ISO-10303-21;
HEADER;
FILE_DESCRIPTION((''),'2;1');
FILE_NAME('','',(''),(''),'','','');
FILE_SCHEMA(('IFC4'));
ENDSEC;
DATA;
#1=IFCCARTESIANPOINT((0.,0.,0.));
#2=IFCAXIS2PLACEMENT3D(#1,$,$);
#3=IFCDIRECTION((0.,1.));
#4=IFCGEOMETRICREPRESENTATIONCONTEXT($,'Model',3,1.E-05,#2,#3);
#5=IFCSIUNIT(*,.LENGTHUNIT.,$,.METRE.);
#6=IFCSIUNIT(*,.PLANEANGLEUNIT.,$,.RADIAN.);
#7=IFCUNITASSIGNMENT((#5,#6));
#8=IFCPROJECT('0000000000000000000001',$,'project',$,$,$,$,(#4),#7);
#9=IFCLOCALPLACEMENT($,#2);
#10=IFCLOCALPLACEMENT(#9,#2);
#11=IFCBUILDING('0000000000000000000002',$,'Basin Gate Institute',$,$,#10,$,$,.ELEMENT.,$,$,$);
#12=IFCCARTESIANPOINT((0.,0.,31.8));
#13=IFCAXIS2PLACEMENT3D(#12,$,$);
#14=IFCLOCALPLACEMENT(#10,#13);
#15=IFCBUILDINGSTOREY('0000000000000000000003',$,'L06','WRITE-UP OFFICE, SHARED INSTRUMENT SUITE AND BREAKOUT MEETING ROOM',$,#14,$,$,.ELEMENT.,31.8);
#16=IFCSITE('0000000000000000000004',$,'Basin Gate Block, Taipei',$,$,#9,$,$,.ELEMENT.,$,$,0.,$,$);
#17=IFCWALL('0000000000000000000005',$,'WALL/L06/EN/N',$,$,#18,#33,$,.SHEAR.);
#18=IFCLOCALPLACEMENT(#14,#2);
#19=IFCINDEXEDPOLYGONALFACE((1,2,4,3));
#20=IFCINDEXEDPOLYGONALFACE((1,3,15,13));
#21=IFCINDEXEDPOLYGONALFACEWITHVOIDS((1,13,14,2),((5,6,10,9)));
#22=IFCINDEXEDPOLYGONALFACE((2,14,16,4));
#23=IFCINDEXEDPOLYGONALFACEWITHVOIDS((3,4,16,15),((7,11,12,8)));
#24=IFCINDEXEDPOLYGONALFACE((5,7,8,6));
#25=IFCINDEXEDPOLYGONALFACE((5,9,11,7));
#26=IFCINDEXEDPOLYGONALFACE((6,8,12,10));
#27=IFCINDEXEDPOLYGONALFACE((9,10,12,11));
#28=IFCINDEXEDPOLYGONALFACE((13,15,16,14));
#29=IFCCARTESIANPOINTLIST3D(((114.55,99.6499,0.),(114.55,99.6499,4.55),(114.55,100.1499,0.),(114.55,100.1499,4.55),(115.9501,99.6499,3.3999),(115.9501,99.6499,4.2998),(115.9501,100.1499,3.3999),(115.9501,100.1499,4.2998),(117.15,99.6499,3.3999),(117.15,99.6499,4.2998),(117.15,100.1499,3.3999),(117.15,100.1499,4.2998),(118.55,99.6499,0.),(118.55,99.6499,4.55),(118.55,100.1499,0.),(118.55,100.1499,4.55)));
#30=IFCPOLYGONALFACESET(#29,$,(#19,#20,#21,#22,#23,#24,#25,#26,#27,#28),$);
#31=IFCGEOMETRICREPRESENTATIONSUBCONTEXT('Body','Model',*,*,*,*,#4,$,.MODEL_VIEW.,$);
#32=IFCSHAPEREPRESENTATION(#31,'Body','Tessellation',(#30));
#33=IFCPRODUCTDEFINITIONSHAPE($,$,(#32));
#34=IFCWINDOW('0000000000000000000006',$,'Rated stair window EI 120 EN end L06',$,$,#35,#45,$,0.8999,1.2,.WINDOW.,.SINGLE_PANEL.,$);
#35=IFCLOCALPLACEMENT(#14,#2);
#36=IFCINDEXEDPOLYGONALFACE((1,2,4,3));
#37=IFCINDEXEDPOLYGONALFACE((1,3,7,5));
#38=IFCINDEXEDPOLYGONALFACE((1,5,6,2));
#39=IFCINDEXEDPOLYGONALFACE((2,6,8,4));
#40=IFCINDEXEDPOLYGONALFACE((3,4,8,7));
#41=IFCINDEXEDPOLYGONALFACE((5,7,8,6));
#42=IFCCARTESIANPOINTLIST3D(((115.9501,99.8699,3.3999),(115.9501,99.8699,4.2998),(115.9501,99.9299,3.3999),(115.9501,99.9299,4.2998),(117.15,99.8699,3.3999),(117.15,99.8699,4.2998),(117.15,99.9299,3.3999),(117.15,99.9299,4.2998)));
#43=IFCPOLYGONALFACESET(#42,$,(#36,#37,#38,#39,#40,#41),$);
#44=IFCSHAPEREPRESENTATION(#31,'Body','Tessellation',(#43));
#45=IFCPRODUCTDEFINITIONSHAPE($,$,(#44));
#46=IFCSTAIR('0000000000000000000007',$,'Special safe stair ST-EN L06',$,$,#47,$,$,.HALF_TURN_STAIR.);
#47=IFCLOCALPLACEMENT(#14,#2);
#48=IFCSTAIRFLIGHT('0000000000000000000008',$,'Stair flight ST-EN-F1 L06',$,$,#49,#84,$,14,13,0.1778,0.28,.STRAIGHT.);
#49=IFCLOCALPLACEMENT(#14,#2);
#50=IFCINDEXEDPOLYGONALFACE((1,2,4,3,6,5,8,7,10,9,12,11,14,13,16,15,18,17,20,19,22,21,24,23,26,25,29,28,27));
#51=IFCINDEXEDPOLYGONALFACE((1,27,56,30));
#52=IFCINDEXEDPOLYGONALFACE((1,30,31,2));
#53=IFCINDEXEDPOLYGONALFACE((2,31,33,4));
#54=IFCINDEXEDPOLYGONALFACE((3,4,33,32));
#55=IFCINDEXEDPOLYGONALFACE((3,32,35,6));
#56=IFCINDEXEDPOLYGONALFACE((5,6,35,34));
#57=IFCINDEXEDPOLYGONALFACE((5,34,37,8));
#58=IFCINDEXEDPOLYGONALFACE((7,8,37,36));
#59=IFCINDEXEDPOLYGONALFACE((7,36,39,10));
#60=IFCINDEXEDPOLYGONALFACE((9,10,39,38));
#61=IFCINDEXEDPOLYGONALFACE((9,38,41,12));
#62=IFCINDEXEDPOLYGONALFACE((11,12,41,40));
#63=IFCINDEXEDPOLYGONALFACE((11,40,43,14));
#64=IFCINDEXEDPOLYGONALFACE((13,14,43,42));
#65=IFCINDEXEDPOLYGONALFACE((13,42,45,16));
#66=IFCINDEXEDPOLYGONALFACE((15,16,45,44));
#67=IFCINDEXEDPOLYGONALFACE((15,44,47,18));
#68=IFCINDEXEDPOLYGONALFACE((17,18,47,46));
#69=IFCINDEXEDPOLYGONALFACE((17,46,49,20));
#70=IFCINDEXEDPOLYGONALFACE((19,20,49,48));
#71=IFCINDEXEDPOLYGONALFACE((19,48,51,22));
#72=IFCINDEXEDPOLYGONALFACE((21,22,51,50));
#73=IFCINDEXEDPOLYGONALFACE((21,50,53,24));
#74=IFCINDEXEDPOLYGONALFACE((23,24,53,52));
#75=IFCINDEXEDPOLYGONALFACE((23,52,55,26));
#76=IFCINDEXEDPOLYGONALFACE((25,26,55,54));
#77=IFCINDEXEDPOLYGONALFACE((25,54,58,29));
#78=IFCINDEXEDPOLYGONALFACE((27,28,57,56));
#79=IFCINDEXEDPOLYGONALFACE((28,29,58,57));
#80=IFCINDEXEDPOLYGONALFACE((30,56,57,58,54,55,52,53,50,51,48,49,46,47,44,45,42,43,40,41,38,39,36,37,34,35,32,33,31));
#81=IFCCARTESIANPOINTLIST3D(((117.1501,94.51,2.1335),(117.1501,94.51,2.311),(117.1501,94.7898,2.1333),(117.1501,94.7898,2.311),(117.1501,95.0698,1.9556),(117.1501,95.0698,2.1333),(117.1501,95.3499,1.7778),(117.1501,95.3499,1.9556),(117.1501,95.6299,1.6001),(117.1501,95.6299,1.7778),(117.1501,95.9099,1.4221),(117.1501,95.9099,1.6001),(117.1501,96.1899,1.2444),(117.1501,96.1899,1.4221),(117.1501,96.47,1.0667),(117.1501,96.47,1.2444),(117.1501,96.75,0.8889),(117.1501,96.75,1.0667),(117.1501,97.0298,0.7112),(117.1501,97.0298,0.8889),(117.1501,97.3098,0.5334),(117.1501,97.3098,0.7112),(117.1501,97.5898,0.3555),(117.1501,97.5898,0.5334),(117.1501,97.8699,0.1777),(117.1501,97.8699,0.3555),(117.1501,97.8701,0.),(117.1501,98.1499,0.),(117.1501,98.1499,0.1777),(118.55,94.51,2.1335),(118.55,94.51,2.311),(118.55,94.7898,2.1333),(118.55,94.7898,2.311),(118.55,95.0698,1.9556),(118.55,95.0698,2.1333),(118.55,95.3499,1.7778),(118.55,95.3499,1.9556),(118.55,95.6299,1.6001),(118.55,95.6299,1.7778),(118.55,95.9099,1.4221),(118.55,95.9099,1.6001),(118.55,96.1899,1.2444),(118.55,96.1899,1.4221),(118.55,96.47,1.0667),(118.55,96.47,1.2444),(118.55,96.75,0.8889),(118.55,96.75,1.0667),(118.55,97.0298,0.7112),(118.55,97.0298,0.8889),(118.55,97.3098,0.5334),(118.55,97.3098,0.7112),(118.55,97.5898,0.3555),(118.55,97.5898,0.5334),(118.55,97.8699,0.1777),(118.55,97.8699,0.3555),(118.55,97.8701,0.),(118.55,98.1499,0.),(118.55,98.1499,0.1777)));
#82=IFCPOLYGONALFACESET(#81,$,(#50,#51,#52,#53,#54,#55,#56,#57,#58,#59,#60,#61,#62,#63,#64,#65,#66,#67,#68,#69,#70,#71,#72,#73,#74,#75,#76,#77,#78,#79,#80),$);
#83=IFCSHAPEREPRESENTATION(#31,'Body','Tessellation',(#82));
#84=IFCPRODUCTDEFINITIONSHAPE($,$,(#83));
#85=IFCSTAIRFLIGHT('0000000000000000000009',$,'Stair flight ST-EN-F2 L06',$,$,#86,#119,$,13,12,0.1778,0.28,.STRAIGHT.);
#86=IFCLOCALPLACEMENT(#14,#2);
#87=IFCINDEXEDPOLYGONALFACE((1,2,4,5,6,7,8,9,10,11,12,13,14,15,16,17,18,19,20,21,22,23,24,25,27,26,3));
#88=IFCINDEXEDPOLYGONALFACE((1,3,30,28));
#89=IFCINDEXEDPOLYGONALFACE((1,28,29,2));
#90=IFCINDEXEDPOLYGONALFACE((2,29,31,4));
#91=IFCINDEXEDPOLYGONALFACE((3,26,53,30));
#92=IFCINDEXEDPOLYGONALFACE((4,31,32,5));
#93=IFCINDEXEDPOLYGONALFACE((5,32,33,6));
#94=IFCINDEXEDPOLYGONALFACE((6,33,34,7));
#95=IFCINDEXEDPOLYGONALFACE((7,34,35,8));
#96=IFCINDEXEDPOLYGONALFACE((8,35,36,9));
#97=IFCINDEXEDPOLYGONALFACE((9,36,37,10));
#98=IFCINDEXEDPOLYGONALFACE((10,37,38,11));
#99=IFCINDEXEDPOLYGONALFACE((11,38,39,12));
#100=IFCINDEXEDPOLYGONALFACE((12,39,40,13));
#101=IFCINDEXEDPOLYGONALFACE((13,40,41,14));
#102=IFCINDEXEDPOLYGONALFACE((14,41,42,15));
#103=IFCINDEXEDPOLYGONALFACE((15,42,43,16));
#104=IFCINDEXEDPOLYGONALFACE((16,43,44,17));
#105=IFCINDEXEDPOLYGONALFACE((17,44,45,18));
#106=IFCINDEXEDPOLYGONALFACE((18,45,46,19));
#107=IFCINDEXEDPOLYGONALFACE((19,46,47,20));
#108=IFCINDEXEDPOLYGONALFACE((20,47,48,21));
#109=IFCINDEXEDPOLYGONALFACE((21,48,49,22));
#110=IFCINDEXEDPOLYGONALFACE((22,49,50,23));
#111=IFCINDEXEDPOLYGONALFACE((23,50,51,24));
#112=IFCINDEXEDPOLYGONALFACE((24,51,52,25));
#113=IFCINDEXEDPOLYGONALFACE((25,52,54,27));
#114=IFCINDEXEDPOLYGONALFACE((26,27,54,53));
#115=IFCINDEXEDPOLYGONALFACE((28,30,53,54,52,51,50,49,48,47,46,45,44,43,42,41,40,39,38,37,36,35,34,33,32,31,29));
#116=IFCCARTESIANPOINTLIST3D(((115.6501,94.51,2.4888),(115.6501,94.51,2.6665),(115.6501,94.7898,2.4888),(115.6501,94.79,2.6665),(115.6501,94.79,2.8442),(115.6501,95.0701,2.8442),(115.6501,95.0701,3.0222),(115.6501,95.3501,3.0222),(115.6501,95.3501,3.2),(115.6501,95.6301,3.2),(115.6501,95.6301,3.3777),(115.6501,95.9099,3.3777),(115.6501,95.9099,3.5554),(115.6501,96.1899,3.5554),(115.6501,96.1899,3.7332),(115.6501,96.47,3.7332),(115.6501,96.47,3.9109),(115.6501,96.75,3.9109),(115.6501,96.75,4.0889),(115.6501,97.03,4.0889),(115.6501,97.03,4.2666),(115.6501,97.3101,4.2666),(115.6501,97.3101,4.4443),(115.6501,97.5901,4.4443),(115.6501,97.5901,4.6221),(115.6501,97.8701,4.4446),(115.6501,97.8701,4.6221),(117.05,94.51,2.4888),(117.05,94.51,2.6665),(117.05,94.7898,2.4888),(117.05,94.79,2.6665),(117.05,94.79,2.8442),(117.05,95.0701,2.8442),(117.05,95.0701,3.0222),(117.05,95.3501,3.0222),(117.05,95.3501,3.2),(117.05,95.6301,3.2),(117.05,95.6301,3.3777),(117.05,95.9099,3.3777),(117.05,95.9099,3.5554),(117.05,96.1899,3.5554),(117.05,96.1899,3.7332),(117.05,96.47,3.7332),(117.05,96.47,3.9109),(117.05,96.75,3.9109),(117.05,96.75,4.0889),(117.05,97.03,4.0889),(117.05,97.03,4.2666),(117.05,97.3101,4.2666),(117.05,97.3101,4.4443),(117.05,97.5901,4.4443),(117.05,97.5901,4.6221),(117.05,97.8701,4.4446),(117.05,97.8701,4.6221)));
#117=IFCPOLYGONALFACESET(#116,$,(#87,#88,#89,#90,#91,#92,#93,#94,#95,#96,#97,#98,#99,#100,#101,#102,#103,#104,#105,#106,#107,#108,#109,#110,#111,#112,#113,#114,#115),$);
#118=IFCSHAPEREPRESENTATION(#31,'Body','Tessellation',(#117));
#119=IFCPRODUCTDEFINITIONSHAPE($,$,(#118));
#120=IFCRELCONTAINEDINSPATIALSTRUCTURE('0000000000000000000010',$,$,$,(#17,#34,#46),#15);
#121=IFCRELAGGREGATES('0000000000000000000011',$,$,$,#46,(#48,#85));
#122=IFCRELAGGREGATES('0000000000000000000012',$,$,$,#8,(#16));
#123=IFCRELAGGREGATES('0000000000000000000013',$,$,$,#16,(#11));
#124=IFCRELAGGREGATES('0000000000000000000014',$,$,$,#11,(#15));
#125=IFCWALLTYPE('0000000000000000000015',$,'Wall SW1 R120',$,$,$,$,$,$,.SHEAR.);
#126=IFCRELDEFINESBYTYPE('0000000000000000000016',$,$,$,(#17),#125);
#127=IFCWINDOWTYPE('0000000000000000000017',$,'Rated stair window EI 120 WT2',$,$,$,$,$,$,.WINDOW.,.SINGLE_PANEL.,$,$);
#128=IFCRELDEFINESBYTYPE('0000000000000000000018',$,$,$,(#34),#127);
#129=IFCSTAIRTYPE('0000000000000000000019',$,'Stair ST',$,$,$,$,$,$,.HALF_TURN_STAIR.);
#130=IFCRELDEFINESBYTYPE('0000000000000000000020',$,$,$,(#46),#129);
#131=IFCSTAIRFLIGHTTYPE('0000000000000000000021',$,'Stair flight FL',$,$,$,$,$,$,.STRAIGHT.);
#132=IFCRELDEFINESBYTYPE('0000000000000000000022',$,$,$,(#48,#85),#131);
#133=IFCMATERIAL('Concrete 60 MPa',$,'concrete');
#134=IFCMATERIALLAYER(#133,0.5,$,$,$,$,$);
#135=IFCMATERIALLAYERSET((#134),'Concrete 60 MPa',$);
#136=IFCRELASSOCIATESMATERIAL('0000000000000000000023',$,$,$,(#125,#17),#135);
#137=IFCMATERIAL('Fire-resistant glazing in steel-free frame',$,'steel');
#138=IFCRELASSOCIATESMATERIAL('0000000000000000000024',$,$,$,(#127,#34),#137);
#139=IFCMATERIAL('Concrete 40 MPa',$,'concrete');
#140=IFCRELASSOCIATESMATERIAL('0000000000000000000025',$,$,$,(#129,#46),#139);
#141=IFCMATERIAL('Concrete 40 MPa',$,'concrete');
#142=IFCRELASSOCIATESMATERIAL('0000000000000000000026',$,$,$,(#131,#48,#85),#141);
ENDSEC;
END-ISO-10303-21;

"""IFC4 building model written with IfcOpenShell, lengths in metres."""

from ifc_helpers import new_model, si_unit, direction, frame, frame_2d, origin, place, context, subcontext, project, spatial, polyline, rectangle, outline, extrude, material, layer, layer_set, type_object, element, fill, aggregate, save


model = new_model("IFC4")

# Units and contexts
model_context = context("Model", 3, precision=1e-05, world=origin(), true_north=direction((0.0, 1.0)))
body_context = subcontext(model_context, "Body", "Model", "MODEL_VIEW")
ifc_project = project(units=[si_unit("LENGTHUNIT", "METRE"), si_unit("PLANEANGLEUNIT", "RADIAN")], contexts=[model_context])

# Site, building, storey
site_placement = place(None, origin())
site = spatial("IfcSite", under=ifc_project, at=site_placement, Name="Basin Gate Block, Taipei", CompositionType="ELEMENT", RefElevation=0.0)
building_placement = place(site_placement, origin())
building = spatial("IfcBuilding", under=site, at=building_placement, Name="Basin Gate Institute", CompositionType="ELEMENT")
storey_placement = place(building_placement, frame((0.0, 0.0, 31.8)))
storey = spatial("IfcBuildingStorey", under=building, at=storey_placement, Name="L06", Description="WRITE-UP OFFICE, SHARED INSTRUMENT SUITE AND BREAKOUT MEETING ROOM", CompositionType="ELEMENT", Elevation=31.8)

# Wall, opening, window
ifc_material_1 = material(Name="Concrete 60 MPa", Category="concrete")
ifc_layer_1 = layer(ifc_material_1, 0.5)
ifc_layer_set_1 = layer_set([ifc_layer_1], Name="Concrete 60 MPa")
wall_type_1 = type_object("IfcWallType", Name="Wall SW1 R120", PredefinedType="SHEAR", material=ifc_layer_set_1)
wall_1_placement = place(storey_placement, frame((118.55, 99.8999, 0.0), z_axis=(0.0, 0.0, 1.0), x_axis=(-1.0, 0.0, 0.0)))
wall_1 = element("IfcWall", 1, at=wall_1_placement, inside=storey, type_object=wall_type_1, material=ifc_layer_set_1, Name="WALL/L06/EN/N", PredefinedType="SHEAR", context=body_context, shape_type="SweptSolid", body=[
    extrude(rectangle(XDim=4.0, YDim=0.5, at=frame_2d((2.0, 0.0))), origin(), (0.0, 0.0, 1.0), 4.55),
])
opening_1_placement = place(wall_1_placement, frame((1.3999, 0.0, 3.3999)))
opening_1 = element("IfcOpeningElement", 2, at=opening_1_placement, cuts=wall_1, PredefinedType="OPENING", context=body_context, shape_type="SweptSolid", body=[
    extrude(rectangle(XDim=1.2, YDim=0.8999, at=frame_2d((0.6001, 0.45))), frame((0.0, 0.26, 0.0), z_axis=(0.0, -1.0, 0.0), x_axis=(1.0, 0.0, 0.0)), (0.0, 0.0, 1.0), 0.52),
])
ifc_material_2 = material(Name="Fire-resistant glazing in steel-free frame", Category="steel")
window_type_1 = type_object("IfcWindowType", Name="Rated stair window EI 120 WT2", PartitioningType="SINGLE_PANEL", PredefinedType="WINDOW", material=ifc_material_2)
window_1_placement = place(opening_1_placement, origin())
window_1 = element("IfcWindow", 3, at=window_1_placement, inside=storey, type_object=window_type_1, material=ifc_material_2, Name="Rated stair window EI 120 EN end L06", OverallHeight=0.8999, OverallWidth=1.2, PartitioningType="SINGLE_PANEL", PredefinedType="WINDOW", context=body_context, shape_type="SweptSolid", body=[
    extrude(rectangle(XDim=1.2, YDim=0.8999, at=frame_2d((0.6001, 0.45))), frame((0.0, 0.03, 0.0), z_axis=(0.0, -1.0, 0.0), x_axis=(1.0, 0.0, 0.0)), (0.0, 0.0, 1.0), 0.0601),
])
fill(opening_1, window_1)

# Stair, stair flights
ifc_material_3 = material(Name="Concrete 40 MPa", Category="concrete")
stair_type = type_object("IfcStairType", Name="Stair ST", PredefinedType="HALF_TURN_STAIR", material=ifc_material_3)
stair_placement = place(storey_placement, origin())
stair = element("IfcStair", 4, at=stair_placement, inside=storey, type_object=stair_type, material=ifc_material_3, Name="Special safe stair ST-EN L06", PredefinedType="HALF_TURN_STAIR")
ifc_material_4 = material(Name="Concrete 40 MPa", Category="concrete")
stair_flight_type = type_object("IfcStairFlightType", Name="Stair flight FL", PredefinedType="STRAIGHT", material=ifc_material_4)
stair_flight_1_placement = place(storey_placement, frame((117.8501, 98.1499, 0.0), z_axis=(0.0, 0.0, 1.0), x_axis=(0.0, -1.0, 0.0)))
stair_flight_1 = element("IfcStairFlight", 5, at=stair_flight_1_placement, type_object=stair_flight_type, material=ifc_material_4, Name="Stair flight ST-EN-F1 L06", NumberOfRisers=14, NumberOfTreads=13, PredefinedType="STRAIGHT", RiserHeight=0.1778, TreadLength=0.28, context=body_context, shape_type="SweptSolid", body=[
    extrude(outline(polyline([(0.0, 0.0), (0.0, 0.1777), (0.28, 0.1777), (0.28, 0.3555), (0.5601, 0.3555), (0.5601, 0.5334), (0.8401, 0.5334), (0.8401, 0.7112), (1.1201, 0.7112), (1.1201, 0.8889), (1.3999, 0.8889), (1.3999, 1.0667), (1.6799, 1.0667), (1.6799, 1.2444), (1.96, 1.2444), (1.96, 1.4221), (2.24, 1.4221), (2.24, 1.6001), (2.52, 1.6001), (2.52, 1.7778), (2.8, 1.7778), (2.8, 1.9556), (3.0801, 1.9556), (3.0801, 2.1333), (3.3601, 2.1333), (3.3601, 2.311), (3.6399, 2.311), (3.6399, 2.4888), (3.6399, 2.1335), (0.2798, 0.0), (0.0, 0.0)])), frame((0.0, 0.7, 0.0), z_axis=(0.0, -1.0, 0.0), x_axis=(1.0, 0.0, 0.0)), (0.0, 0.0, 1.0), 1.3999),
])
stair_flight_2_placement = place(storey_placement, frame((116.3501, 94.51, 2.4888), z_axis=(0.0, 0.0, 1.0), x_axis=(0.0, 1.0, 0.0)))
stair_flight_2 = element("IfcStairFlight", 6, at=stair_flight_2_placement, type_object=stair_flight_type, material=ifc_material_4, Name="Stair flight ST-EN-F2 L06", NumberOfRisers=13, NumberOfTreads=12, PredefinedType="STRAIGHT", RiserHeight=0.1778, TreadLength=0.28, context=body_context, shape_type="SweptSolid", body=[
    extrude(outline(polyline([(0.0, 0.0), (0.0, 0.1777), (0.28, 0.1777), (0.28, 0.3555), (0.5601, 0.3555), (0.5601, 0.5334), (0.8401, 0.5334), (0.8401, 0.7112), (1.1201, 0.7112), (1.1201, 0.8889), (1.3999, 0.8889), (1.3999, 1.0667), (1.6799, 1.0667), (1.6799, 1.2444), (1.96, 1.2444), (1.96, 1.4221), (2.24, 1.4221), (2.24, 1.6001), (2.52, 1.6001), (2.52, 1.7778), (2.8, 1.7778), (2.8, 1.9556), (3.0801, 1.9556), (3.0801, 2.1333), (3.3601, 2.1333), (3.3601, 2.311), (3.3601, 1.9558), (0.2798, 0.0), (0.0, 0.0)])), frame((0.0, 0.7, 0.0), z_axis=(0.0, -1.0, 0.0), x_axis=(1.0, 0.0, 0.0)), (0.0, 0.0, 1.0), 1.3999),
])
aggregate(stair, [stair_flight_1, stair_flight_2])

save(model, "model.ifc")
